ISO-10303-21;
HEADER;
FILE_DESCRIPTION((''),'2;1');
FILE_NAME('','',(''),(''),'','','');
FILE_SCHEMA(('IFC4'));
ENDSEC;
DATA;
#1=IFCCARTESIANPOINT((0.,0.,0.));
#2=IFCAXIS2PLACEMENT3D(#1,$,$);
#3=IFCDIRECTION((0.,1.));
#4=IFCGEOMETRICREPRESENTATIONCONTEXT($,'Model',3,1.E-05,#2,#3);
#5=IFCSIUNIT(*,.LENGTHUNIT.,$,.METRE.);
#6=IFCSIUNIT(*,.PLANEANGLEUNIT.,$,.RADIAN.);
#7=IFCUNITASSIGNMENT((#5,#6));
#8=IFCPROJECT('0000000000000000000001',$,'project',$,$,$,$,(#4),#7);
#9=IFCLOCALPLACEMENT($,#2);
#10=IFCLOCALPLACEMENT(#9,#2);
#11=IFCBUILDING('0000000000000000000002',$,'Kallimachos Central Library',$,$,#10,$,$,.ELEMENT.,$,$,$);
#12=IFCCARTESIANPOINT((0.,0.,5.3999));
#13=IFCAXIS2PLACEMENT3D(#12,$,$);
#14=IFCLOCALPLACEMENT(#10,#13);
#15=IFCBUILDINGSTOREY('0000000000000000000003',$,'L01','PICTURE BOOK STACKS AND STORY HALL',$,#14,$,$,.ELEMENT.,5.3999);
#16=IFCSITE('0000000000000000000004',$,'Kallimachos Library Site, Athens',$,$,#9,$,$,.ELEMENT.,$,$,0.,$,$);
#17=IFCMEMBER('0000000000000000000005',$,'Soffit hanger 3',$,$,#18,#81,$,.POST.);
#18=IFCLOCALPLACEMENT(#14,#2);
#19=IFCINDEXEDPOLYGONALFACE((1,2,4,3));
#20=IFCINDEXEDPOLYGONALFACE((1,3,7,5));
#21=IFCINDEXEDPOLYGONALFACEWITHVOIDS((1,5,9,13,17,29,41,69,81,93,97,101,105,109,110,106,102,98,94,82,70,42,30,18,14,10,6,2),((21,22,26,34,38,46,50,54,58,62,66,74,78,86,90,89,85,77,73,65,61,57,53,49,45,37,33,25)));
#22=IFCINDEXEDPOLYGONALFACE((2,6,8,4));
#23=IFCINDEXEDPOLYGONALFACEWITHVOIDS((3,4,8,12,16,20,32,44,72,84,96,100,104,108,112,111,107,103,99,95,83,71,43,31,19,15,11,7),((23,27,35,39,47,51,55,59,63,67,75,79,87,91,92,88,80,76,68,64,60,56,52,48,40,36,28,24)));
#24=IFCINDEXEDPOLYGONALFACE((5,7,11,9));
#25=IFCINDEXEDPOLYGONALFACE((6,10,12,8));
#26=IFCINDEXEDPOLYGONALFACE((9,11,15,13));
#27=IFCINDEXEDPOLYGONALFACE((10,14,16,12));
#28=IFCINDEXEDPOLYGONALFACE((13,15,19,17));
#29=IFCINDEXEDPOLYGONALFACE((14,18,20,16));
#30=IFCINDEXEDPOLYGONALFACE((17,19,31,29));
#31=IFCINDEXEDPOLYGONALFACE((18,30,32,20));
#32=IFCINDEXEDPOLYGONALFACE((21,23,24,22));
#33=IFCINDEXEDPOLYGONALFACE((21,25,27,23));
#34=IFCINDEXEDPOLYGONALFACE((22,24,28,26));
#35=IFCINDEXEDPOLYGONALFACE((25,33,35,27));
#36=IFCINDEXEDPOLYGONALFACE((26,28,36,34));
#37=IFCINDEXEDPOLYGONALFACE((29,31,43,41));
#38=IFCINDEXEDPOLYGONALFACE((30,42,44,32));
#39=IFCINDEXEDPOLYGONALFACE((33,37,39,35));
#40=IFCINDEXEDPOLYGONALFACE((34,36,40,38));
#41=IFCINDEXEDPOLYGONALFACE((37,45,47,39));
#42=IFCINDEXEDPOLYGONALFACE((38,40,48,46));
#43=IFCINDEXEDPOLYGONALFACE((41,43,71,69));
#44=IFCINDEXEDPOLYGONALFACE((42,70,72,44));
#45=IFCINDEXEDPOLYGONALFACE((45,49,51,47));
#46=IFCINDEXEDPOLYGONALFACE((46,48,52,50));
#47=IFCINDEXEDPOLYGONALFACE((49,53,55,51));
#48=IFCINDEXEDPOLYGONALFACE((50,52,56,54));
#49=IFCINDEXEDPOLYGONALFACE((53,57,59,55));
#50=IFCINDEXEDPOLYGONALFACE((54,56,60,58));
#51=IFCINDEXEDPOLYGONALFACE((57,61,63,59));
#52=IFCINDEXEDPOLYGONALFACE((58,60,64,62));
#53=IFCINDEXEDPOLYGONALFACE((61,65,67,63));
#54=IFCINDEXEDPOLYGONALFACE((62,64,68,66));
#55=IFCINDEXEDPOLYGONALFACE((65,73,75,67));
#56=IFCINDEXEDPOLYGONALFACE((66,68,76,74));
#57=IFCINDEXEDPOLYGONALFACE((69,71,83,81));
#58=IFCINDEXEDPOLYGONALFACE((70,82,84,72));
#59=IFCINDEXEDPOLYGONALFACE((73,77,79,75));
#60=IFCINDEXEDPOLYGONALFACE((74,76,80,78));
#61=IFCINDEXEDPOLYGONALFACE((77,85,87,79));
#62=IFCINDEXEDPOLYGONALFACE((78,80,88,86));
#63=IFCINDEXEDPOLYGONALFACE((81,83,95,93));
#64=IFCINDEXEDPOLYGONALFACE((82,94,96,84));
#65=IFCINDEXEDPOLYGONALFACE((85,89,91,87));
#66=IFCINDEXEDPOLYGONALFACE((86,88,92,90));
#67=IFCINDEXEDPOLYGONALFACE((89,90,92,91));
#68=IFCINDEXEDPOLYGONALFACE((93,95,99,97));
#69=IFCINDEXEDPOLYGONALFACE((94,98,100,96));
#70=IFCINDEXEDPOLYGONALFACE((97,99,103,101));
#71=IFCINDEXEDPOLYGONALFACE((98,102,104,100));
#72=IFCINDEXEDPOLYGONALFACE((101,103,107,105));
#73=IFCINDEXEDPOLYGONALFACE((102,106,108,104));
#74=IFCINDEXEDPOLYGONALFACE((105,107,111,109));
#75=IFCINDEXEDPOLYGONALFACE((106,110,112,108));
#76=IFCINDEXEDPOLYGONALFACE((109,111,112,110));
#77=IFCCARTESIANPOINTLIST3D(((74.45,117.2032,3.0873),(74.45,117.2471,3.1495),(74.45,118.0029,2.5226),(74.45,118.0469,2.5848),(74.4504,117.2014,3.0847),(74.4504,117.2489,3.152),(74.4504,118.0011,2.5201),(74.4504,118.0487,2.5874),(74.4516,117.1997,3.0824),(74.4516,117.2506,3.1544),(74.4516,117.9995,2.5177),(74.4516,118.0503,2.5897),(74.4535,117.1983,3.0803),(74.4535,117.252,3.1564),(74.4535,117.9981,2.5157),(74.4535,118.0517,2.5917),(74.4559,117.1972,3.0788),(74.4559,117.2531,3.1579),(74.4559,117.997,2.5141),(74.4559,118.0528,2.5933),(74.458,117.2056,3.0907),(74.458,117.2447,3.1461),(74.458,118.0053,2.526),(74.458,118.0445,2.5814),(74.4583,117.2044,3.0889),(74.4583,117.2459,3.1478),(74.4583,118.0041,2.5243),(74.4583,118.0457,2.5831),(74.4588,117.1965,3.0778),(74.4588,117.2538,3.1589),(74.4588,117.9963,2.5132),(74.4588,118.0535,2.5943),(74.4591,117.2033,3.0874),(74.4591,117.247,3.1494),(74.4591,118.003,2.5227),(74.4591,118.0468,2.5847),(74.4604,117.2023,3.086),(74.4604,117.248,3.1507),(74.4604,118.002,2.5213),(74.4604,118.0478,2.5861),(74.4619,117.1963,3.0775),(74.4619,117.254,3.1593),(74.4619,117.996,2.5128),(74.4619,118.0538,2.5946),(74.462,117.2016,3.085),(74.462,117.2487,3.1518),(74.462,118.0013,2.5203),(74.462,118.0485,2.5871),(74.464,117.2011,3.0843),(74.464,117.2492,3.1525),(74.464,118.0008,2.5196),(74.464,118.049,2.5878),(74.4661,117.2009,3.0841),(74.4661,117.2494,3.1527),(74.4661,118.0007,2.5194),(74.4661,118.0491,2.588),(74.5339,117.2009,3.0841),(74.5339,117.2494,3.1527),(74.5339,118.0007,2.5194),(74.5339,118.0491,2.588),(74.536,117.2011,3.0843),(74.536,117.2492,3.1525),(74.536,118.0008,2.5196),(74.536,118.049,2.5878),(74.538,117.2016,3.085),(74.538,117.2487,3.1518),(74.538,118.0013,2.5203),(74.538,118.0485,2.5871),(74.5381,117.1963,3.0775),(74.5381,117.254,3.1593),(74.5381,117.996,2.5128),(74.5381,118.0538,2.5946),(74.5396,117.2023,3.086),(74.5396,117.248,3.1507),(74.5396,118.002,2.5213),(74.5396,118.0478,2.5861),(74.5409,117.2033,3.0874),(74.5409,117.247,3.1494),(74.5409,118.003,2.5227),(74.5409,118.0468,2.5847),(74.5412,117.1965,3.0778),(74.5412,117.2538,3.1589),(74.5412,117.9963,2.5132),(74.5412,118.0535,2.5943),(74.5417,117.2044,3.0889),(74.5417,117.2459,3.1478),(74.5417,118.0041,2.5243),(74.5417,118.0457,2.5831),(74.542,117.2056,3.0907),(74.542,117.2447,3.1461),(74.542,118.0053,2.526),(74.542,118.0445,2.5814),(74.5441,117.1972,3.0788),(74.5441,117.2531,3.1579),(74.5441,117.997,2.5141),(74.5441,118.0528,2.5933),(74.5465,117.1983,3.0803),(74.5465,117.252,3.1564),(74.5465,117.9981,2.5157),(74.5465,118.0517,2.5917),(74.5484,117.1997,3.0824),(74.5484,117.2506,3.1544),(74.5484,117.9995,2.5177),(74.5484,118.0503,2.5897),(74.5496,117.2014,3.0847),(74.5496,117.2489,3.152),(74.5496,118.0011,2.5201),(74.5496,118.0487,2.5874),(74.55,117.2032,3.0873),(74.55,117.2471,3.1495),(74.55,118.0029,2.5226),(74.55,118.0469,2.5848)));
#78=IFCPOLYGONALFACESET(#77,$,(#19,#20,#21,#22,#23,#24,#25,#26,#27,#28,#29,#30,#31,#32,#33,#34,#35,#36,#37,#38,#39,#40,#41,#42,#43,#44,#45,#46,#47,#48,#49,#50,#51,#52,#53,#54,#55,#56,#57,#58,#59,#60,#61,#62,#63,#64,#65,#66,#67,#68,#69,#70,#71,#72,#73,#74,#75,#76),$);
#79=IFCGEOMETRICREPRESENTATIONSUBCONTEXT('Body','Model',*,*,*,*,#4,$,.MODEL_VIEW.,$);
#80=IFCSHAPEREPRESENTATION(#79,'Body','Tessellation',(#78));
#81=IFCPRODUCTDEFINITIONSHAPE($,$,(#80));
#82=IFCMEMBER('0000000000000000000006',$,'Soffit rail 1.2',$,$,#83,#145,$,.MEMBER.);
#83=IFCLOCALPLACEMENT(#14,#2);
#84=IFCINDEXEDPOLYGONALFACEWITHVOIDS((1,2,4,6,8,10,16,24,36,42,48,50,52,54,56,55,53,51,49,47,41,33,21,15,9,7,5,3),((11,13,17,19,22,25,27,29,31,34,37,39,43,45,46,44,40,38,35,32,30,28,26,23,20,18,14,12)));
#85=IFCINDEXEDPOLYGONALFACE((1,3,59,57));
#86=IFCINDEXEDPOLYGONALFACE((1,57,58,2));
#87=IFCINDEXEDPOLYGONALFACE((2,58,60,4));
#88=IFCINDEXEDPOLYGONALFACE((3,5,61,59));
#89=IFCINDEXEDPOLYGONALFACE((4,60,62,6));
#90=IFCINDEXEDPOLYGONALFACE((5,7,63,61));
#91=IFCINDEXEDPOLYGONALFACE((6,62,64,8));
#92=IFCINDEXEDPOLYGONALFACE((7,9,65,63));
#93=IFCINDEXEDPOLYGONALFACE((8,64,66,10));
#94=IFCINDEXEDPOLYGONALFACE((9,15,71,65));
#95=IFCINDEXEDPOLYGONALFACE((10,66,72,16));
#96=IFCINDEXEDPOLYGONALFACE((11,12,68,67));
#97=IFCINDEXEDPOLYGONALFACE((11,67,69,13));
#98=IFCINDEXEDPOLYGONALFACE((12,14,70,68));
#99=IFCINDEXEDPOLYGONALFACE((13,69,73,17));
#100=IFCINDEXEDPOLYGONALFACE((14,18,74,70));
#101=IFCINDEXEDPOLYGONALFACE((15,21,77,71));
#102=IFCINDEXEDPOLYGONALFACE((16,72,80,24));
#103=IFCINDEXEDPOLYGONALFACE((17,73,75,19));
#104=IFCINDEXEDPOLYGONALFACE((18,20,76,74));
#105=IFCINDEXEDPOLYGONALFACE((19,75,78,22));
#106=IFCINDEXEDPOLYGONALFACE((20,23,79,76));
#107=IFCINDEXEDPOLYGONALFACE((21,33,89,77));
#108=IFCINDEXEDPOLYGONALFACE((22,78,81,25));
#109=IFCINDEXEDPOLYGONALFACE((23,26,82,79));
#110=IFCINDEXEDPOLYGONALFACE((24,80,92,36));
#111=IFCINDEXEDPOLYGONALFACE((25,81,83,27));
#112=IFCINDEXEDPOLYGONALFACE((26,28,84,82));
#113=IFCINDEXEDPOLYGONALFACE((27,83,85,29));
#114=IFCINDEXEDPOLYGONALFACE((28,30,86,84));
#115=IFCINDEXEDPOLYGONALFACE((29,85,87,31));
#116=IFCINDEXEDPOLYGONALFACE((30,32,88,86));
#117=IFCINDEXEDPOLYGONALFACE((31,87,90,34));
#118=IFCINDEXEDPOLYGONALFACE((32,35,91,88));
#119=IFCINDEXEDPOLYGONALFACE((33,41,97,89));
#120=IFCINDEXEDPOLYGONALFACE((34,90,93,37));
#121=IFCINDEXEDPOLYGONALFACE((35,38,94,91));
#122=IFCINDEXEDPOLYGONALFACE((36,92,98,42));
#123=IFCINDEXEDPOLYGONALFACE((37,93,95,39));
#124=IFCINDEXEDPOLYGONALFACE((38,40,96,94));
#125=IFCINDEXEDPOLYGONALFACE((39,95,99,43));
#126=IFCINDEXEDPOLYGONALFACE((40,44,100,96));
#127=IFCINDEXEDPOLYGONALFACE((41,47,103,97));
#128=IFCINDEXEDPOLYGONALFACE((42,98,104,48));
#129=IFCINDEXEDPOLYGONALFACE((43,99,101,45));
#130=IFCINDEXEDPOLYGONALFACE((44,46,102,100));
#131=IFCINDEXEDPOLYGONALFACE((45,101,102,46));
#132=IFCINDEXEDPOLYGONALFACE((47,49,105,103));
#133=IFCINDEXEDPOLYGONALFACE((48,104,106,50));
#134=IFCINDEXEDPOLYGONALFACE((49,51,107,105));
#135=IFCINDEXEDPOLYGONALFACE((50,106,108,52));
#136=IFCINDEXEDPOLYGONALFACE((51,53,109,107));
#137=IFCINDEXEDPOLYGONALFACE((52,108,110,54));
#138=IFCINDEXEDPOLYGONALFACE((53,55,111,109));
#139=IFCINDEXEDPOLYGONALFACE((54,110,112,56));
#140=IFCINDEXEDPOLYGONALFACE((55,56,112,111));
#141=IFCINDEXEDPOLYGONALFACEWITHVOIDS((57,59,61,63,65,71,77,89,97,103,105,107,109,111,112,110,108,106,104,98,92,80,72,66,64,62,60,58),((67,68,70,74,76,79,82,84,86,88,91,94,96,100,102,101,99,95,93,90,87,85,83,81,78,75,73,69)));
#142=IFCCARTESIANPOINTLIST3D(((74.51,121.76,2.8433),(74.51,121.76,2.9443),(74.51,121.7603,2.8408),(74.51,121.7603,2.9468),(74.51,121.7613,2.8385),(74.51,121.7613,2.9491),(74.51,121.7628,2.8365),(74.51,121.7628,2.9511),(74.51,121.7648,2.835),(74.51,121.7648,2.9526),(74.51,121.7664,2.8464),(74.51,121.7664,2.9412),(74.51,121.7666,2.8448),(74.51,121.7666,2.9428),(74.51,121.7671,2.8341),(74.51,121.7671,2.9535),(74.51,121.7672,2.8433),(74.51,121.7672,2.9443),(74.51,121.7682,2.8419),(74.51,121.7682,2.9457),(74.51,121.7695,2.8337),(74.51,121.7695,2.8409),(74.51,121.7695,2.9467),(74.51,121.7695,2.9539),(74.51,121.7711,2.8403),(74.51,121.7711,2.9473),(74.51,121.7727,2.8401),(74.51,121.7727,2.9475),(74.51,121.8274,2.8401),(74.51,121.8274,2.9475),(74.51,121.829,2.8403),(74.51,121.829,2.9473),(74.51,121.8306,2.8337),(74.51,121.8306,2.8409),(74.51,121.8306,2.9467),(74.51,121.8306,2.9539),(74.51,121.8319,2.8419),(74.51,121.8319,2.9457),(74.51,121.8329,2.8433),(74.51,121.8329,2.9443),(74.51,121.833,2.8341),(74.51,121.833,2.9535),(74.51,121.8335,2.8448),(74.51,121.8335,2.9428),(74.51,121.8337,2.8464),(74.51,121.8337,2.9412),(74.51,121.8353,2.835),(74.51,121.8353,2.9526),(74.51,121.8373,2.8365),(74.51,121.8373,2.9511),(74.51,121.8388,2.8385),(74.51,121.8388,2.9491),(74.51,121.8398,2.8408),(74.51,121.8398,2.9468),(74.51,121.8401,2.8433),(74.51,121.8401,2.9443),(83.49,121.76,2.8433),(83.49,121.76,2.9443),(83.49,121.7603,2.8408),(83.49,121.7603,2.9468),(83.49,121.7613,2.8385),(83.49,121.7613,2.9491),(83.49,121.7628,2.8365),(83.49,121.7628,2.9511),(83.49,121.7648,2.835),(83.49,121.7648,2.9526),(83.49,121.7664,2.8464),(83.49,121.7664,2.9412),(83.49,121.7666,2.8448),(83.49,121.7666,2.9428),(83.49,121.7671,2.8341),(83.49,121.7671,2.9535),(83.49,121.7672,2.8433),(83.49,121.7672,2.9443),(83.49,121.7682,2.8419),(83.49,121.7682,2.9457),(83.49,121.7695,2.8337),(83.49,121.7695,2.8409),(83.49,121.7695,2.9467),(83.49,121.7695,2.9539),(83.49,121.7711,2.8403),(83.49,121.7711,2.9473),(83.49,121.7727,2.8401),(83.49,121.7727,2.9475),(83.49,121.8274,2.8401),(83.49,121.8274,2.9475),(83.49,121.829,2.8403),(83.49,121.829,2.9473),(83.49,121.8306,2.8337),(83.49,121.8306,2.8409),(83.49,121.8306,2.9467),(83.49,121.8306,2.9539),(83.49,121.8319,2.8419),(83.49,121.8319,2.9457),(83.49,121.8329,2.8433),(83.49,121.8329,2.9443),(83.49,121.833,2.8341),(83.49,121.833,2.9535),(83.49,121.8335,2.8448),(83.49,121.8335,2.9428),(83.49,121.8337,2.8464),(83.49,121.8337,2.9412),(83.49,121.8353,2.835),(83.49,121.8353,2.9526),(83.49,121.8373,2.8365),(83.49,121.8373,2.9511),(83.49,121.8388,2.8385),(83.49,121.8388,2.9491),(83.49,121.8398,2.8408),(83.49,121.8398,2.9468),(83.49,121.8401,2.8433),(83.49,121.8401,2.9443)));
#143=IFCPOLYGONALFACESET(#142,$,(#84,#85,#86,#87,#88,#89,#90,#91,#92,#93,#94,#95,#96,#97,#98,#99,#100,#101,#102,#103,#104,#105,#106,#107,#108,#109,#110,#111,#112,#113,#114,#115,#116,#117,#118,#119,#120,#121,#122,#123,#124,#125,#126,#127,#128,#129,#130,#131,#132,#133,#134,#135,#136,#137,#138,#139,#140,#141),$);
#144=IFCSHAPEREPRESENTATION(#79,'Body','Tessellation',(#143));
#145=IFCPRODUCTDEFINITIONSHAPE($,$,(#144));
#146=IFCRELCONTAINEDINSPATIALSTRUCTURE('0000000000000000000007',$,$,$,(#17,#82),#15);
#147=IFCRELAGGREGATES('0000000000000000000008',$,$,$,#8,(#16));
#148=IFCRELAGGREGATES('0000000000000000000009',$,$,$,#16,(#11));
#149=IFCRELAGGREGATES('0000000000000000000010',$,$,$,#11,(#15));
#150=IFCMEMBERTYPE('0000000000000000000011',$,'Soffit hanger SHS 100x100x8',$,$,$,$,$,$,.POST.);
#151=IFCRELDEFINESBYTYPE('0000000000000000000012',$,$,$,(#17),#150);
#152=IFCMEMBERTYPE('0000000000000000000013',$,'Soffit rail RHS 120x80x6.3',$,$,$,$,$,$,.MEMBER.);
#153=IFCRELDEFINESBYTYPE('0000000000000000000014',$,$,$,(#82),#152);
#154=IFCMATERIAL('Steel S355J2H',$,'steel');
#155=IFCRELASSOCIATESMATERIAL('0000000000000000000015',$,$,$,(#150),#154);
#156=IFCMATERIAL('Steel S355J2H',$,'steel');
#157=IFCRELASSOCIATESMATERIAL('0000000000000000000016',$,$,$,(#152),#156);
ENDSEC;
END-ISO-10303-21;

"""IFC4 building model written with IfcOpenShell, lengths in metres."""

from ifc_helpers import new_model, si_unit, direction, frame, origin, origin_2d, place, context, subcontext, project, spatial, hollow_rectangle, extrude, material, material_profile, profile_set, type_object, element, save


model = new_model("IFC4")

# Units and contexts
model_context = context("Model", 3, precision=1e-05, world=origin(), true_north=direction((0.0, 1.0)))
body_context = subcontext(model_context, "Body", "Model", "MODEL_VIEW")
ifc_project = project(units=[si_unit("LENGTHUNIT", "METRE"), si_unit("PLANEANGLEUNIT", "RADIAN")], contexts=[model_context])

# Site, building, storey
site_placement = place(None, origin())
site = spatial("IfcSite", under=ifc_project, at=site_placement, Name="Kallimachos Library Site, Athens", CompositionType="ELEMENT", RefElevation=0.0)
building_placement = place(site_placement, origin())
building = spatial("IfcBuilding", under=site, at=building_placement, Name="Kallimachos Central Library", CompositionType="ELEMENT")
storey_placement = place(building_placement, frame((0.0, 0.0, 5.3999)))
storey = spatial("IfcBuildingStorey", under=building, at=storey_placement, Name="L01", Description="PICTURE BOOK STACKS AND STORY HALL", CompositionType="ELEMENT", Elevation=5.3999)

# Members
ifc_material_1 = material(Name="Steel S355J2H", Category="steel")
ifc_material_profile_1 = material_profile(ifc_material_1, hollow_rectangle(XDim=0.1001, YDim=0.1001, WallThickness=0.0081, InnerFilletRadius=0.0081, OuterFilletRadius=0.012, at=origin_2d()), Name="SHS 100x100x8")
ifc_profile_set_1 = profile_set([ifc_material_profile_1], Name="Steel S355J2H")
member_type_1 = type_object("IfcMemberType", Name="Soffit hanger SHS 100x100x8", PredefinedType="POST", material=ifc_profile_set_1)
member_1_placement = place(storey_placement, frame((74.5, 118.0249, 2.5537), z_axis=(0.0, -0.816906, 0.576771), x_axis=(1.0, 0.0, 0.0)))
element("IfcMember", 1, at=member_1_placement, inside=storey, type_object=member_type_1, Name="Soffit hanger 3", PredefinedType="POST", context=body_context, shape_type="SweptSolid", body=[
    extrude(hollow_rectangle(XDim=0.1001, YDim=0.1001, WallThickness=0.0081, InnerFilletRadius=0.0081, OuterFilletRadius=0.012, at=origin_2d()), origin(), (0.0, 0.0, 1.0), 0.979),
])
ifc_material_2 = material(Name="Steel S355J2H", Category="steel")
ifc_material_profile_2 = material_profile(ifc_material_2, hollow_rectangle(XDim=0.0801, YDim=0.1201, WallThickness=0.0063, InnerFilletRadius=0.0063, OuterFilletRadius=0.0095, at=origin_2d()), Name="RHS 120x80x6.3")
ifc_profile_set_2 = profile_set([ifc_material_profile_2], Name="Steel S355J2H")
member_type_2 = type_object("IfcMemberType", Name="Soffit rail RHS 120x80x6.3", PredefinedType="MEMBER", material=ifc_profile_set_2)
for number, where, z_axis, x_axis, name in (
    (2, (74.51, 121.8, 2.8938), (1.0, 0.0, 0.0), (0.0, 1.0, 0.0), "Soffit rail 1.2"),
):
    element("IfcMember", number, at=place(storey_placement, frame(where, z_axis=z_axis, x_axis=x_axis)), inside=storey, type_object=member_type_2, Name=name, PredefinedType="MEMBER", context=body_context, shape_type="SweptSolid", body=[
        extrude(hollow_rectangle(XDim=0.0801, YDim=0.1201, WallThickness=0.0063, InnerFilletRadius=0.0063, OuterFilletRadius=0.0095, at=origin_2d()), origin(), (0.0, 0.0, 1.0), 8.98),
    ])

save(model, "model.ifc")
